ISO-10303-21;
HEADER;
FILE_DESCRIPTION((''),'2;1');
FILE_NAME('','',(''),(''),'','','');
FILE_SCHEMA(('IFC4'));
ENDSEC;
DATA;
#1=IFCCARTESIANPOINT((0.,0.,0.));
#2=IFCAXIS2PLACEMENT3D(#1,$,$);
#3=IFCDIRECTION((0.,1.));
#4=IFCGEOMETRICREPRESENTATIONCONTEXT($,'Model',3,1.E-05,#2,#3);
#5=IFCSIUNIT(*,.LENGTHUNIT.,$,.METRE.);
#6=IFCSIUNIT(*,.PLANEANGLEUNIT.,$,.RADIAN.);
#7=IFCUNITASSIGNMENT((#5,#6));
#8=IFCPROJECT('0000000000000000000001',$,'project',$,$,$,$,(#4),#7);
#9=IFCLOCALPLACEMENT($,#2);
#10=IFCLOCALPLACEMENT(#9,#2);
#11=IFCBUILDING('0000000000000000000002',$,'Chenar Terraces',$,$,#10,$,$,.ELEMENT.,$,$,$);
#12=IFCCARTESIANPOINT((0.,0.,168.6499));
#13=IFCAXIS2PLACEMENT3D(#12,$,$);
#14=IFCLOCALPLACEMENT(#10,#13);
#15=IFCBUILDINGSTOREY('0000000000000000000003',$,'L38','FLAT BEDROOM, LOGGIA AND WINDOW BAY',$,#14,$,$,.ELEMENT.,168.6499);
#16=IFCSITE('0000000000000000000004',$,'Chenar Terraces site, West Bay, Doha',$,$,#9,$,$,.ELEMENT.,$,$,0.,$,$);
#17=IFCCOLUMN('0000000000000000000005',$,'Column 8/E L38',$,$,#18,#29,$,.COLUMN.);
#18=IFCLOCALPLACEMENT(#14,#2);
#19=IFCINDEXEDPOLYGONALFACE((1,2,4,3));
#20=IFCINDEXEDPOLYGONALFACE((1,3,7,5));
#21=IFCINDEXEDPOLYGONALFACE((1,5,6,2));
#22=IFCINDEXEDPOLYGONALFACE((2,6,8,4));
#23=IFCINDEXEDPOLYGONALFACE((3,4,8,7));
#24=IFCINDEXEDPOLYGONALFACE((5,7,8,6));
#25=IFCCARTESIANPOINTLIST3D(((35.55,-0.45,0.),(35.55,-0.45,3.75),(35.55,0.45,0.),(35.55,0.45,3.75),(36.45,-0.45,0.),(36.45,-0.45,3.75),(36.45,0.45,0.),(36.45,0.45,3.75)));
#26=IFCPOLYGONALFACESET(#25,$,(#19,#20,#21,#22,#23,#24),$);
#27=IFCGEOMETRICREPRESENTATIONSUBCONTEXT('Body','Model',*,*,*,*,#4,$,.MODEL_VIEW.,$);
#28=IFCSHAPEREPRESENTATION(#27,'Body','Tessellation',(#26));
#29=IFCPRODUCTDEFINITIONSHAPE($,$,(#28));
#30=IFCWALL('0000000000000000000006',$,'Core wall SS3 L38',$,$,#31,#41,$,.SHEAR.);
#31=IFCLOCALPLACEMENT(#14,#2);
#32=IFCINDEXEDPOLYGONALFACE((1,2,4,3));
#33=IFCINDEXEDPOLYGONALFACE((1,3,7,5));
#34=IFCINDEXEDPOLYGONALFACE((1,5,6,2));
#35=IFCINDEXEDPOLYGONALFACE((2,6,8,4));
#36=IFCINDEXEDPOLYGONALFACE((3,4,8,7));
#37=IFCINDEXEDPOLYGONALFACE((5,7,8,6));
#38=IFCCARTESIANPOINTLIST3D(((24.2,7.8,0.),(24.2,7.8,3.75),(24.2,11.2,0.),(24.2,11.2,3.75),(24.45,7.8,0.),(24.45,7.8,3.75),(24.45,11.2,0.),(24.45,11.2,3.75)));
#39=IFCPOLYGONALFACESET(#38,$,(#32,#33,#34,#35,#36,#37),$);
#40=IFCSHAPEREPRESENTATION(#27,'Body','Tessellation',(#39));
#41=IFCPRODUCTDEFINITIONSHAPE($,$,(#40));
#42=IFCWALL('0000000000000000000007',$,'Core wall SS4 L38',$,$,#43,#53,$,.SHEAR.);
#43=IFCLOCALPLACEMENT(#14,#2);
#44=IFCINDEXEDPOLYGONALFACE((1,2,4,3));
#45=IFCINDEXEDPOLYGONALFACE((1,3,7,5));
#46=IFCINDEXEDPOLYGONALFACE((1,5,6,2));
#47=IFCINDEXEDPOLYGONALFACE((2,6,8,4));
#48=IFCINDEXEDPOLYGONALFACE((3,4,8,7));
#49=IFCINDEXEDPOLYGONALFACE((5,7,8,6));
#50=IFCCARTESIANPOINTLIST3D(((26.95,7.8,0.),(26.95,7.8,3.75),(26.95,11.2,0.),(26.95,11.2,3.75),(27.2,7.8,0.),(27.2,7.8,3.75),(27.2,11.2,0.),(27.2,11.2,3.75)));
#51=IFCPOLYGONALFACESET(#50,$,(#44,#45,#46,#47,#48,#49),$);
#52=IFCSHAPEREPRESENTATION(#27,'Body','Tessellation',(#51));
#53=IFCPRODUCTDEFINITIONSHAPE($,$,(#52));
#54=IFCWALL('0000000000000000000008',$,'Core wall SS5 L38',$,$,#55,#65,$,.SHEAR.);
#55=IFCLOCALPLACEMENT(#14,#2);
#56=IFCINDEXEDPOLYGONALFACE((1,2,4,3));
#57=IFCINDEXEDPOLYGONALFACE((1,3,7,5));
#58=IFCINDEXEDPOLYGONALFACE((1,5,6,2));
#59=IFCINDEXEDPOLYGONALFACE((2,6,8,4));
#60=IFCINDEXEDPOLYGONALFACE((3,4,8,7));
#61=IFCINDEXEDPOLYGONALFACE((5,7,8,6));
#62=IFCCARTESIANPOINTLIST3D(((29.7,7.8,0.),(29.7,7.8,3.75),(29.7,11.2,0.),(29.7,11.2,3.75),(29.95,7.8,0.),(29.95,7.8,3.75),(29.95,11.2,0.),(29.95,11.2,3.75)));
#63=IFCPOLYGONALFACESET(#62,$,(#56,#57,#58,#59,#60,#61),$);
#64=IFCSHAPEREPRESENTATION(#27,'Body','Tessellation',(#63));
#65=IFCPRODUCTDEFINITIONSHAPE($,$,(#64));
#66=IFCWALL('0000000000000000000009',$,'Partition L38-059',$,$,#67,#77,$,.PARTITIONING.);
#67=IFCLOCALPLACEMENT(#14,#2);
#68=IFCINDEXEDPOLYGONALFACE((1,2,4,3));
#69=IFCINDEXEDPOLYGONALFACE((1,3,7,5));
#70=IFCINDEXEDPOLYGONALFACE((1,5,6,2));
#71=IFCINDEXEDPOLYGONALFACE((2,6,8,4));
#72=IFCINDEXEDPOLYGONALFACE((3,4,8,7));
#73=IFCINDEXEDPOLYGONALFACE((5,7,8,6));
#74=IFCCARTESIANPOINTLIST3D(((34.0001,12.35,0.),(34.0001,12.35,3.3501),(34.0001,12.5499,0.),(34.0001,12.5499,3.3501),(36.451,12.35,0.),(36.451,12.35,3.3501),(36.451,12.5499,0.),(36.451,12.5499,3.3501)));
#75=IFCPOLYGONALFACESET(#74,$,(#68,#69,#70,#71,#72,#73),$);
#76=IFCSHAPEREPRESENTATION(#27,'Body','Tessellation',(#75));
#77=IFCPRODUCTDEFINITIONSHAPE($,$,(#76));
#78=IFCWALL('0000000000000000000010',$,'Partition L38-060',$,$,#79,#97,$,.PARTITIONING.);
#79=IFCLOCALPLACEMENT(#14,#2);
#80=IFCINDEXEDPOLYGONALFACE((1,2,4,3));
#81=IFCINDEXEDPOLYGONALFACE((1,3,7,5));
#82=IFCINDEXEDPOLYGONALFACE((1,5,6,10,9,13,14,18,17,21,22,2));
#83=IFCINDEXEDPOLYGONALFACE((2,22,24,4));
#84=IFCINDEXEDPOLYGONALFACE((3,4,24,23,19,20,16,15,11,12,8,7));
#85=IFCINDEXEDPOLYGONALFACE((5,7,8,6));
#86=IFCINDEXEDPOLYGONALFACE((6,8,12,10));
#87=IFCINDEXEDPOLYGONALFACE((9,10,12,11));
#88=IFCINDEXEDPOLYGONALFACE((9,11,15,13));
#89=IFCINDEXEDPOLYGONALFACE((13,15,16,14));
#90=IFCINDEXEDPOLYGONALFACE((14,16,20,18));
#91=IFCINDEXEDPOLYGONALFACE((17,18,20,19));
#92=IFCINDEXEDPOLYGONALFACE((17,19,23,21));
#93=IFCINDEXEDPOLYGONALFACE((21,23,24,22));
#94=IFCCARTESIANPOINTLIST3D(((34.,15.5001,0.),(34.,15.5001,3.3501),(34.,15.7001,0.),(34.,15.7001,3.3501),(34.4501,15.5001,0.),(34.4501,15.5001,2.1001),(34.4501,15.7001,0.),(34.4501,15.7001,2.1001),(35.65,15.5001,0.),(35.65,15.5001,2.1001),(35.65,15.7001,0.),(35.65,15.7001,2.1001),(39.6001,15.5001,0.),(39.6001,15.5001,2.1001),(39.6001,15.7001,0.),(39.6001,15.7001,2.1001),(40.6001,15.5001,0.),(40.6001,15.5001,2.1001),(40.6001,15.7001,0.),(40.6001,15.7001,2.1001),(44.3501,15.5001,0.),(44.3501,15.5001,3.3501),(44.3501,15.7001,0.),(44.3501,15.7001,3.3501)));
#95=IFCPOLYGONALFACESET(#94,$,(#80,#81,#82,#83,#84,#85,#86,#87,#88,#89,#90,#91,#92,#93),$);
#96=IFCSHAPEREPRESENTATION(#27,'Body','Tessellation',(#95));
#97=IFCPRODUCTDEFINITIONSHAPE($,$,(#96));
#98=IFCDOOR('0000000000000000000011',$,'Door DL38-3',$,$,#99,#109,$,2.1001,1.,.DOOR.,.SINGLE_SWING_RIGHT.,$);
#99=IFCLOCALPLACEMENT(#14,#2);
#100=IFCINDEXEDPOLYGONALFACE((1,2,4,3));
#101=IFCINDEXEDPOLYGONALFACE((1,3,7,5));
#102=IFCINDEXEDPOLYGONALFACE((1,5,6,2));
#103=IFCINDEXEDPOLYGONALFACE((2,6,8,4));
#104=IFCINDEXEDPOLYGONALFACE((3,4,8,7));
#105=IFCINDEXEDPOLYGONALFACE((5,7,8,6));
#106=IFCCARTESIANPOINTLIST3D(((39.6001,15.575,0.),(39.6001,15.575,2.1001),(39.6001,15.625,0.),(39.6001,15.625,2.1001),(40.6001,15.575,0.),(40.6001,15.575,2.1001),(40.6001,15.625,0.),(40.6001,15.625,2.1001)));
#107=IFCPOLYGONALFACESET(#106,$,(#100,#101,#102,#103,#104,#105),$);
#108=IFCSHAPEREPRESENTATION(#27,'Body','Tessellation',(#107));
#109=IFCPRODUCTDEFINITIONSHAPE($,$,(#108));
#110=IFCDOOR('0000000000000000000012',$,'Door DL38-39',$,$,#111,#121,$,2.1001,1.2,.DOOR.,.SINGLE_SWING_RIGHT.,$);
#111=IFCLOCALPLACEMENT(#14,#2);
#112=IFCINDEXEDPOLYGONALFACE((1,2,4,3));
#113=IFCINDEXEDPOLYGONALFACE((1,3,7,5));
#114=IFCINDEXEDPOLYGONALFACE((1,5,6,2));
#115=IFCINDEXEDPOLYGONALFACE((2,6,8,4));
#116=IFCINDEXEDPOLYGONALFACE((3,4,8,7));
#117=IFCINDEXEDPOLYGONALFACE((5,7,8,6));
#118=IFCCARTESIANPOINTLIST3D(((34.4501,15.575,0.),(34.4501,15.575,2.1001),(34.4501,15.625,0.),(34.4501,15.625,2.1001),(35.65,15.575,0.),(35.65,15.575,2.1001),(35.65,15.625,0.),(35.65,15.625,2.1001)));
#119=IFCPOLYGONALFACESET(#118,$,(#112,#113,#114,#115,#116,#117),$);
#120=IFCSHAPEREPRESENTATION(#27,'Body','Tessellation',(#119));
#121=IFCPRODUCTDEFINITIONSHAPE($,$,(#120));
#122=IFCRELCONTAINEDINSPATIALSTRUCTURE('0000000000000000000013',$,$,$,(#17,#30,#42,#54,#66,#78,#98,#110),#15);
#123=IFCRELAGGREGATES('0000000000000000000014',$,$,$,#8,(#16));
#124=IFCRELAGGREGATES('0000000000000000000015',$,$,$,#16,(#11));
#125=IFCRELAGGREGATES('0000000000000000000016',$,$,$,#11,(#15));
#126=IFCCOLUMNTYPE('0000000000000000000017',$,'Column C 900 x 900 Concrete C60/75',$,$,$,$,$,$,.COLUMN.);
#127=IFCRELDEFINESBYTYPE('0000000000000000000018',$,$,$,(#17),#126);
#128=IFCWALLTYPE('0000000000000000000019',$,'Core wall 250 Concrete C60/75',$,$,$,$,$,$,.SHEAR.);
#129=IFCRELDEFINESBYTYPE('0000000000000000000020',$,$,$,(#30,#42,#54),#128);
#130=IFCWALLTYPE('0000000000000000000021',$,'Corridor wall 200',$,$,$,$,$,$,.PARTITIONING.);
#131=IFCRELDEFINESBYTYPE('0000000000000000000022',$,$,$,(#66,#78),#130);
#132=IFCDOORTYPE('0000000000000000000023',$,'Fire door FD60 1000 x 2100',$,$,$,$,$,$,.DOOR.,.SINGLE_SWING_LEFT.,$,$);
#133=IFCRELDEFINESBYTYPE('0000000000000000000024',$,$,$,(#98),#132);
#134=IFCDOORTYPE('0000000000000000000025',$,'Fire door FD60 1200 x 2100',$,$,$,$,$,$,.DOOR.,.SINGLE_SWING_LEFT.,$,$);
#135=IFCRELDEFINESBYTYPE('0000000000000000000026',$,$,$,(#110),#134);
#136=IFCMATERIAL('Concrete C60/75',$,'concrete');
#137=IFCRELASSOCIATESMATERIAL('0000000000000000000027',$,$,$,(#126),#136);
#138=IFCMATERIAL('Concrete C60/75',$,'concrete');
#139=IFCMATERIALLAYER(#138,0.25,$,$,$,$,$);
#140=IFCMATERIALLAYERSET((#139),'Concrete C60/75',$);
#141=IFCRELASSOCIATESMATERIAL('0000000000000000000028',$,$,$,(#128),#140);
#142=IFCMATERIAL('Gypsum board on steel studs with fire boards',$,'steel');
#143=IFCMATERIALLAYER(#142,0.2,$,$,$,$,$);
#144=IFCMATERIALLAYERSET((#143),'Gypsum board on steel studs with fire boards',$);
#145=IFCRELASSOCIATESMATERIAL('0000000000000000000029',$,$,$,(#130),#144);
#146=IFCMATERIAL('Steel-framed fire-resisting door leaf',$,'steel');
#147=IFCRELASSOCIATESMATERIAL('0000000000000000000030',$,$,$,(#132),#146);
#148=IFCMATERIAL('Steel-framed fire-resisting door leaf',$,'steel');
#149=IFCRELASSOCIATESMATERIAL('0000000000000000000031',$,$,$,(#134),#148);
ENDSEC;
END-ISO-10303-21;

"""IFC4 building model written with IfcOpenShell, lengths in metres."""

from ifc_helpers import new_model, si_unit, direction, frame, frame_2d, origin, origin_2d, place, context, subcontext, project, spatial, rectangle, extrude, material, layer, layer_set, material_profile, profile_set, type_object, element, fill, save


model = new_model("IFC4")

# Units and contexts
model_context = context("Model", 3, precision=1e-05, world=origin(), true_north=direction((0.0, 1.0)))
body_context = subcontext(model_context, "Body", "Model", "MODEL_VIEW")
ifc_project = project(units=[si_unit("LENGTHUNIT", "METRE"), si_unit("PLANEANGLEUNIT", "RADIAN")], contexts=[model_context])

# Site, building, storey
site_placement = place(None, origin())
site = spatial("IfcSite", under=ifc_project, at=site_placement, Name="Chenar Terraces site, West Bay, Doha", CompositionType="ELEMENT", RefElevation=0.0)
building_placement = place(site_placement, origin())
building = spatial("IfcBuilding", under=site, at=building_placement, Name="Chenar Terraces", CompositionType="ELEMENT")
storey_placement = place(building_placement, frame((0.0, 0.0, 168.6499)))
storey = spatial("IfcBuildingStorey", under=building, at=storey_placement, Name="L38", Description="FLAT BEDROOM, LOGGIA AND WINDOW BAY", CompositionType="ELEMENT", Elevation=168.6499)

# Column
ifc_material_1 = material(Name="Concrete C60/75", Category="concrete")
ifc_material_profile = material_profile(ifc_material_1, rectangle(XDim=0.8999, YDim=0.8999, at=origin_2d()), Name="C 900 x 900")
ifc_profile_set = profile_set([ifc_material_profile], Name="Concrete C60/75")
column_type = type_object("IfcColumnType", Name="Column C 900 x 900 Concrete C60/75", PredefinedType="COLUMN", material=ifc_profile_set)
column_placement = place(storey_placement, frame((36.0, 0.0, 0.0), z_axis=(0.0, 0.0, 1.0), x_axis=(1.0, 0.0, 0.0)))
element("IfcColumn", 1, at=column_placement, inside=storey, type_object=column_type, Name="Column 8/E L38", PredefinedType="COLUMN", context=body_context, shape_type="SweptSolid", body=[
    extrude(rectangle(XDim=0.8999, YDim=0.8999, at=origin_2d()), origin(), (0.0, 0.0, 1.0), 3.75),
])

# Walls
ifc_material_2 = material(Name="Concrete C60/75", Category="concrete")
ifc_layer_1 = layer(ifc_material_2, 0.25)
ifc_layer_set_1 = layer_set([ifc_layer_1], Name="Concrete C60/75")
wall_type_1 = type_object("IfcWallType", Name="Core wall 250 Concrete C60/75", PredefinedType="SHEAR", material=ifc_layer_set_1)
for number, where, z_axis, x_axis, name in (
    (2, (24.325, 7.8, 0.0), (0.0, 0.0, 1.0), (0.0, 1.0, 0.0), "Core wall SS3 L38"),
    (3, (27.075, 7.8, 0.0), (0.0, 0.0, 1.0), (0.0, 1.0, 0.0), "Core wall SS4 L38"),
    (4, (29.825, 7.8, 0.0), (0.0, 0.0, 1.0), (0.0, 1.0, 0.0), "Core wall SS5 L38"),
):
    element("IfcWall", number, at=place(storey_placement, frame(where, z_axis=z_axis, x_axis=x_axis)), inside=storey, type_object=wall_type_1, Name=name, PredefinedType="SHEAR", context=body_context, shape_type="SweptSolid", body=[
        extrude(rectangle(XDim=3.3999, YDim=0.25, at=frame_2d((1.7, 0.0))), origin(), (0.0, 0.0, 1.0), 3.75),
    ])

# Wall
ifc_material_3 = material(Name="Gypsum board on steel studs with fire boards", Category="steel")
ifc_layer_2 = layer(ifc_material_3, 0.2)
ifc_layer_set_2 = layer_set([ifc_layer_2], Name="Gypsum board on steel studs with fire boards")
wall_type_2 = type_object("IfcWallType", Name="Corridor wall 200", PredefinedType="PARTITIONING", material=ifc_layer_set_2)
wall_1_placement = place(storey_placement, frame((34.0, 12.45, 0.0), z_axis=(0.0, 0.0, 1.0), x_axis=(1.0, 0.0, 0.0)))
element("IfcWall", 5, at=wall_1_placement, inside=storey, type_object=wall_type_2, Name="Partition L38-059", PredefinedType="PARTITIONING", context=body_context, shape_type="SweptSolid", body=[
    extrude(rectangle(XDim=2.4509, YDim=0.2, at=frame_2d((1.2256, 0.0))), origin(), (0.0, 0.0, 1.0), 3.3501),
])

# Wall, openings, doors
wall_2_placement = place(storey_placement, frame((34.0, 15.6001, 0.0), z_axis=(0.0, 0.0, 1.0), x_axis=(1.0, 0.0, 0.0)))
wall_2 = element("IfcWall", 6, at=wall_2_placement, inside=storey, type_object=wall_type_2, Name="Partition L38-060", PredefinedType="PARTITIONING", context=body_context, shape_type="SweptSolid", body=[
    extrude(rectangle(XDim=10.3501, YDim=0.2, at=frame_2d((5.175, 0.0))), origin(), (0.0, 0.0, 1.0), 3.3501),
])
opening_1_placement = place(wall_2_placement, frame((5.6001, 0.0, 0.0)))
opening_1 = element("IfcOpeningElement", 7, at=opening_1_placement, cuts=wall_2, PredefinedType="OPENING", context=body_context, shape_type="SweptSolid", body=[
    extrude(rectangle(XDim=1.0, YDim=2.1001, at=frame_2d((0.5, 1.05))), frame((0.0, 0.1099, 0.0), z_axis=(0.0, -1.0, 0.0), x_axis=(1.0, 0.0, 0.0)), (0.0, 0.0, 1.0), 0.22),
])
opening_2_placement = place(wall_2_placement, frame((0.45, 0.0, 0.0)))
opening_2 = element("IfcOpeningElement", 8, at=opening_2_placement, cuts=wall_2, PredefinedType="OPENING", context=body_context, shape_type="SweptSolid", body=[
    extrude(rectangle(XDim=1.2, YDim=2.1001, at=frame_2d((0.6001, 1.05))), frame((0.0, 0.1099, 0.0), z_axis=(0.0, -1.0, 0.0), x_axis=(1.0, 0.0, 0.0)), (0.0, 0.0, 1.0), 0.22),
])
ifc_material_4 = material(Name="Steel-framed fire-resisting door leaf", Category="steel")
door_type_1 = type_object("IfcDoorType", Name="Fire door FD60 1000 x 2100", OperationType="SINGLE_SWING_LEFT", PredefinedType="DOOR", material=ifc_material_4)
door_1_placement = place(opening_1_placement, origin())
door_1 = element("IfcDoor", 9, at=door_1_placement, inside=storey, type_object=door_type_1, Name="Door DL38-3", OperationType="SINGLE_SWING_RIGHT", OverallHeight=2.1001, OverallWidth=1.0, PredefinedType="DOOR", context=body_context, shape_type="SweptSolid", body=[
    extrude(rectangle(XDim=1.0, YDim=2.1001, at=frame_2d((0.5, 1.05))), frame((0.0, 0.0249, 0.0), z_axis=(0.0, -1.0, 0.0), x_axis=(1.0, 0.0, 0.0)), (0.0, 0.0, 1.0), 0.05),
])
fill(opening_1, door_1)
ifc_material_5 = material(Name="Steel-framed fire-resisting door leaf", Category="steel")
door_type_2 = type_object("IfcDoorType", Name="Fire door FD60 1200 x 2100", OperationType="SINGLE_SWING_LEFT", PredefinedType="DOOR", material=ifc_material_5)
door_2_placement = place(opening_2_placement, origin())
door_2 = element("IfcDoor", 10, at=door_2_placement, inside=storey, type_object=door_type_2, Name="Door DL38-39", OperationType="SINGLE_SWING_RIGHT", OverallHeight=2.1001, OverallWidth=1.2, PredefinedType="DOOR", context=body_context, shape_type="SweptSolid", body=[
    extrude(rectangle(XDim=1.2, YDim=2.1001, at=frame_2d((0.6001, 1.05))), frame((0.0, 0.0249, 0.0), z_axis=(0.0, -1.0, 0.0), x_axis=(1.0, 0.0, 0.0)), (0.0, 0.0, 1.0), 0.05),
])
fill(opening_2, door_2)

save(model, "model.ifc")
